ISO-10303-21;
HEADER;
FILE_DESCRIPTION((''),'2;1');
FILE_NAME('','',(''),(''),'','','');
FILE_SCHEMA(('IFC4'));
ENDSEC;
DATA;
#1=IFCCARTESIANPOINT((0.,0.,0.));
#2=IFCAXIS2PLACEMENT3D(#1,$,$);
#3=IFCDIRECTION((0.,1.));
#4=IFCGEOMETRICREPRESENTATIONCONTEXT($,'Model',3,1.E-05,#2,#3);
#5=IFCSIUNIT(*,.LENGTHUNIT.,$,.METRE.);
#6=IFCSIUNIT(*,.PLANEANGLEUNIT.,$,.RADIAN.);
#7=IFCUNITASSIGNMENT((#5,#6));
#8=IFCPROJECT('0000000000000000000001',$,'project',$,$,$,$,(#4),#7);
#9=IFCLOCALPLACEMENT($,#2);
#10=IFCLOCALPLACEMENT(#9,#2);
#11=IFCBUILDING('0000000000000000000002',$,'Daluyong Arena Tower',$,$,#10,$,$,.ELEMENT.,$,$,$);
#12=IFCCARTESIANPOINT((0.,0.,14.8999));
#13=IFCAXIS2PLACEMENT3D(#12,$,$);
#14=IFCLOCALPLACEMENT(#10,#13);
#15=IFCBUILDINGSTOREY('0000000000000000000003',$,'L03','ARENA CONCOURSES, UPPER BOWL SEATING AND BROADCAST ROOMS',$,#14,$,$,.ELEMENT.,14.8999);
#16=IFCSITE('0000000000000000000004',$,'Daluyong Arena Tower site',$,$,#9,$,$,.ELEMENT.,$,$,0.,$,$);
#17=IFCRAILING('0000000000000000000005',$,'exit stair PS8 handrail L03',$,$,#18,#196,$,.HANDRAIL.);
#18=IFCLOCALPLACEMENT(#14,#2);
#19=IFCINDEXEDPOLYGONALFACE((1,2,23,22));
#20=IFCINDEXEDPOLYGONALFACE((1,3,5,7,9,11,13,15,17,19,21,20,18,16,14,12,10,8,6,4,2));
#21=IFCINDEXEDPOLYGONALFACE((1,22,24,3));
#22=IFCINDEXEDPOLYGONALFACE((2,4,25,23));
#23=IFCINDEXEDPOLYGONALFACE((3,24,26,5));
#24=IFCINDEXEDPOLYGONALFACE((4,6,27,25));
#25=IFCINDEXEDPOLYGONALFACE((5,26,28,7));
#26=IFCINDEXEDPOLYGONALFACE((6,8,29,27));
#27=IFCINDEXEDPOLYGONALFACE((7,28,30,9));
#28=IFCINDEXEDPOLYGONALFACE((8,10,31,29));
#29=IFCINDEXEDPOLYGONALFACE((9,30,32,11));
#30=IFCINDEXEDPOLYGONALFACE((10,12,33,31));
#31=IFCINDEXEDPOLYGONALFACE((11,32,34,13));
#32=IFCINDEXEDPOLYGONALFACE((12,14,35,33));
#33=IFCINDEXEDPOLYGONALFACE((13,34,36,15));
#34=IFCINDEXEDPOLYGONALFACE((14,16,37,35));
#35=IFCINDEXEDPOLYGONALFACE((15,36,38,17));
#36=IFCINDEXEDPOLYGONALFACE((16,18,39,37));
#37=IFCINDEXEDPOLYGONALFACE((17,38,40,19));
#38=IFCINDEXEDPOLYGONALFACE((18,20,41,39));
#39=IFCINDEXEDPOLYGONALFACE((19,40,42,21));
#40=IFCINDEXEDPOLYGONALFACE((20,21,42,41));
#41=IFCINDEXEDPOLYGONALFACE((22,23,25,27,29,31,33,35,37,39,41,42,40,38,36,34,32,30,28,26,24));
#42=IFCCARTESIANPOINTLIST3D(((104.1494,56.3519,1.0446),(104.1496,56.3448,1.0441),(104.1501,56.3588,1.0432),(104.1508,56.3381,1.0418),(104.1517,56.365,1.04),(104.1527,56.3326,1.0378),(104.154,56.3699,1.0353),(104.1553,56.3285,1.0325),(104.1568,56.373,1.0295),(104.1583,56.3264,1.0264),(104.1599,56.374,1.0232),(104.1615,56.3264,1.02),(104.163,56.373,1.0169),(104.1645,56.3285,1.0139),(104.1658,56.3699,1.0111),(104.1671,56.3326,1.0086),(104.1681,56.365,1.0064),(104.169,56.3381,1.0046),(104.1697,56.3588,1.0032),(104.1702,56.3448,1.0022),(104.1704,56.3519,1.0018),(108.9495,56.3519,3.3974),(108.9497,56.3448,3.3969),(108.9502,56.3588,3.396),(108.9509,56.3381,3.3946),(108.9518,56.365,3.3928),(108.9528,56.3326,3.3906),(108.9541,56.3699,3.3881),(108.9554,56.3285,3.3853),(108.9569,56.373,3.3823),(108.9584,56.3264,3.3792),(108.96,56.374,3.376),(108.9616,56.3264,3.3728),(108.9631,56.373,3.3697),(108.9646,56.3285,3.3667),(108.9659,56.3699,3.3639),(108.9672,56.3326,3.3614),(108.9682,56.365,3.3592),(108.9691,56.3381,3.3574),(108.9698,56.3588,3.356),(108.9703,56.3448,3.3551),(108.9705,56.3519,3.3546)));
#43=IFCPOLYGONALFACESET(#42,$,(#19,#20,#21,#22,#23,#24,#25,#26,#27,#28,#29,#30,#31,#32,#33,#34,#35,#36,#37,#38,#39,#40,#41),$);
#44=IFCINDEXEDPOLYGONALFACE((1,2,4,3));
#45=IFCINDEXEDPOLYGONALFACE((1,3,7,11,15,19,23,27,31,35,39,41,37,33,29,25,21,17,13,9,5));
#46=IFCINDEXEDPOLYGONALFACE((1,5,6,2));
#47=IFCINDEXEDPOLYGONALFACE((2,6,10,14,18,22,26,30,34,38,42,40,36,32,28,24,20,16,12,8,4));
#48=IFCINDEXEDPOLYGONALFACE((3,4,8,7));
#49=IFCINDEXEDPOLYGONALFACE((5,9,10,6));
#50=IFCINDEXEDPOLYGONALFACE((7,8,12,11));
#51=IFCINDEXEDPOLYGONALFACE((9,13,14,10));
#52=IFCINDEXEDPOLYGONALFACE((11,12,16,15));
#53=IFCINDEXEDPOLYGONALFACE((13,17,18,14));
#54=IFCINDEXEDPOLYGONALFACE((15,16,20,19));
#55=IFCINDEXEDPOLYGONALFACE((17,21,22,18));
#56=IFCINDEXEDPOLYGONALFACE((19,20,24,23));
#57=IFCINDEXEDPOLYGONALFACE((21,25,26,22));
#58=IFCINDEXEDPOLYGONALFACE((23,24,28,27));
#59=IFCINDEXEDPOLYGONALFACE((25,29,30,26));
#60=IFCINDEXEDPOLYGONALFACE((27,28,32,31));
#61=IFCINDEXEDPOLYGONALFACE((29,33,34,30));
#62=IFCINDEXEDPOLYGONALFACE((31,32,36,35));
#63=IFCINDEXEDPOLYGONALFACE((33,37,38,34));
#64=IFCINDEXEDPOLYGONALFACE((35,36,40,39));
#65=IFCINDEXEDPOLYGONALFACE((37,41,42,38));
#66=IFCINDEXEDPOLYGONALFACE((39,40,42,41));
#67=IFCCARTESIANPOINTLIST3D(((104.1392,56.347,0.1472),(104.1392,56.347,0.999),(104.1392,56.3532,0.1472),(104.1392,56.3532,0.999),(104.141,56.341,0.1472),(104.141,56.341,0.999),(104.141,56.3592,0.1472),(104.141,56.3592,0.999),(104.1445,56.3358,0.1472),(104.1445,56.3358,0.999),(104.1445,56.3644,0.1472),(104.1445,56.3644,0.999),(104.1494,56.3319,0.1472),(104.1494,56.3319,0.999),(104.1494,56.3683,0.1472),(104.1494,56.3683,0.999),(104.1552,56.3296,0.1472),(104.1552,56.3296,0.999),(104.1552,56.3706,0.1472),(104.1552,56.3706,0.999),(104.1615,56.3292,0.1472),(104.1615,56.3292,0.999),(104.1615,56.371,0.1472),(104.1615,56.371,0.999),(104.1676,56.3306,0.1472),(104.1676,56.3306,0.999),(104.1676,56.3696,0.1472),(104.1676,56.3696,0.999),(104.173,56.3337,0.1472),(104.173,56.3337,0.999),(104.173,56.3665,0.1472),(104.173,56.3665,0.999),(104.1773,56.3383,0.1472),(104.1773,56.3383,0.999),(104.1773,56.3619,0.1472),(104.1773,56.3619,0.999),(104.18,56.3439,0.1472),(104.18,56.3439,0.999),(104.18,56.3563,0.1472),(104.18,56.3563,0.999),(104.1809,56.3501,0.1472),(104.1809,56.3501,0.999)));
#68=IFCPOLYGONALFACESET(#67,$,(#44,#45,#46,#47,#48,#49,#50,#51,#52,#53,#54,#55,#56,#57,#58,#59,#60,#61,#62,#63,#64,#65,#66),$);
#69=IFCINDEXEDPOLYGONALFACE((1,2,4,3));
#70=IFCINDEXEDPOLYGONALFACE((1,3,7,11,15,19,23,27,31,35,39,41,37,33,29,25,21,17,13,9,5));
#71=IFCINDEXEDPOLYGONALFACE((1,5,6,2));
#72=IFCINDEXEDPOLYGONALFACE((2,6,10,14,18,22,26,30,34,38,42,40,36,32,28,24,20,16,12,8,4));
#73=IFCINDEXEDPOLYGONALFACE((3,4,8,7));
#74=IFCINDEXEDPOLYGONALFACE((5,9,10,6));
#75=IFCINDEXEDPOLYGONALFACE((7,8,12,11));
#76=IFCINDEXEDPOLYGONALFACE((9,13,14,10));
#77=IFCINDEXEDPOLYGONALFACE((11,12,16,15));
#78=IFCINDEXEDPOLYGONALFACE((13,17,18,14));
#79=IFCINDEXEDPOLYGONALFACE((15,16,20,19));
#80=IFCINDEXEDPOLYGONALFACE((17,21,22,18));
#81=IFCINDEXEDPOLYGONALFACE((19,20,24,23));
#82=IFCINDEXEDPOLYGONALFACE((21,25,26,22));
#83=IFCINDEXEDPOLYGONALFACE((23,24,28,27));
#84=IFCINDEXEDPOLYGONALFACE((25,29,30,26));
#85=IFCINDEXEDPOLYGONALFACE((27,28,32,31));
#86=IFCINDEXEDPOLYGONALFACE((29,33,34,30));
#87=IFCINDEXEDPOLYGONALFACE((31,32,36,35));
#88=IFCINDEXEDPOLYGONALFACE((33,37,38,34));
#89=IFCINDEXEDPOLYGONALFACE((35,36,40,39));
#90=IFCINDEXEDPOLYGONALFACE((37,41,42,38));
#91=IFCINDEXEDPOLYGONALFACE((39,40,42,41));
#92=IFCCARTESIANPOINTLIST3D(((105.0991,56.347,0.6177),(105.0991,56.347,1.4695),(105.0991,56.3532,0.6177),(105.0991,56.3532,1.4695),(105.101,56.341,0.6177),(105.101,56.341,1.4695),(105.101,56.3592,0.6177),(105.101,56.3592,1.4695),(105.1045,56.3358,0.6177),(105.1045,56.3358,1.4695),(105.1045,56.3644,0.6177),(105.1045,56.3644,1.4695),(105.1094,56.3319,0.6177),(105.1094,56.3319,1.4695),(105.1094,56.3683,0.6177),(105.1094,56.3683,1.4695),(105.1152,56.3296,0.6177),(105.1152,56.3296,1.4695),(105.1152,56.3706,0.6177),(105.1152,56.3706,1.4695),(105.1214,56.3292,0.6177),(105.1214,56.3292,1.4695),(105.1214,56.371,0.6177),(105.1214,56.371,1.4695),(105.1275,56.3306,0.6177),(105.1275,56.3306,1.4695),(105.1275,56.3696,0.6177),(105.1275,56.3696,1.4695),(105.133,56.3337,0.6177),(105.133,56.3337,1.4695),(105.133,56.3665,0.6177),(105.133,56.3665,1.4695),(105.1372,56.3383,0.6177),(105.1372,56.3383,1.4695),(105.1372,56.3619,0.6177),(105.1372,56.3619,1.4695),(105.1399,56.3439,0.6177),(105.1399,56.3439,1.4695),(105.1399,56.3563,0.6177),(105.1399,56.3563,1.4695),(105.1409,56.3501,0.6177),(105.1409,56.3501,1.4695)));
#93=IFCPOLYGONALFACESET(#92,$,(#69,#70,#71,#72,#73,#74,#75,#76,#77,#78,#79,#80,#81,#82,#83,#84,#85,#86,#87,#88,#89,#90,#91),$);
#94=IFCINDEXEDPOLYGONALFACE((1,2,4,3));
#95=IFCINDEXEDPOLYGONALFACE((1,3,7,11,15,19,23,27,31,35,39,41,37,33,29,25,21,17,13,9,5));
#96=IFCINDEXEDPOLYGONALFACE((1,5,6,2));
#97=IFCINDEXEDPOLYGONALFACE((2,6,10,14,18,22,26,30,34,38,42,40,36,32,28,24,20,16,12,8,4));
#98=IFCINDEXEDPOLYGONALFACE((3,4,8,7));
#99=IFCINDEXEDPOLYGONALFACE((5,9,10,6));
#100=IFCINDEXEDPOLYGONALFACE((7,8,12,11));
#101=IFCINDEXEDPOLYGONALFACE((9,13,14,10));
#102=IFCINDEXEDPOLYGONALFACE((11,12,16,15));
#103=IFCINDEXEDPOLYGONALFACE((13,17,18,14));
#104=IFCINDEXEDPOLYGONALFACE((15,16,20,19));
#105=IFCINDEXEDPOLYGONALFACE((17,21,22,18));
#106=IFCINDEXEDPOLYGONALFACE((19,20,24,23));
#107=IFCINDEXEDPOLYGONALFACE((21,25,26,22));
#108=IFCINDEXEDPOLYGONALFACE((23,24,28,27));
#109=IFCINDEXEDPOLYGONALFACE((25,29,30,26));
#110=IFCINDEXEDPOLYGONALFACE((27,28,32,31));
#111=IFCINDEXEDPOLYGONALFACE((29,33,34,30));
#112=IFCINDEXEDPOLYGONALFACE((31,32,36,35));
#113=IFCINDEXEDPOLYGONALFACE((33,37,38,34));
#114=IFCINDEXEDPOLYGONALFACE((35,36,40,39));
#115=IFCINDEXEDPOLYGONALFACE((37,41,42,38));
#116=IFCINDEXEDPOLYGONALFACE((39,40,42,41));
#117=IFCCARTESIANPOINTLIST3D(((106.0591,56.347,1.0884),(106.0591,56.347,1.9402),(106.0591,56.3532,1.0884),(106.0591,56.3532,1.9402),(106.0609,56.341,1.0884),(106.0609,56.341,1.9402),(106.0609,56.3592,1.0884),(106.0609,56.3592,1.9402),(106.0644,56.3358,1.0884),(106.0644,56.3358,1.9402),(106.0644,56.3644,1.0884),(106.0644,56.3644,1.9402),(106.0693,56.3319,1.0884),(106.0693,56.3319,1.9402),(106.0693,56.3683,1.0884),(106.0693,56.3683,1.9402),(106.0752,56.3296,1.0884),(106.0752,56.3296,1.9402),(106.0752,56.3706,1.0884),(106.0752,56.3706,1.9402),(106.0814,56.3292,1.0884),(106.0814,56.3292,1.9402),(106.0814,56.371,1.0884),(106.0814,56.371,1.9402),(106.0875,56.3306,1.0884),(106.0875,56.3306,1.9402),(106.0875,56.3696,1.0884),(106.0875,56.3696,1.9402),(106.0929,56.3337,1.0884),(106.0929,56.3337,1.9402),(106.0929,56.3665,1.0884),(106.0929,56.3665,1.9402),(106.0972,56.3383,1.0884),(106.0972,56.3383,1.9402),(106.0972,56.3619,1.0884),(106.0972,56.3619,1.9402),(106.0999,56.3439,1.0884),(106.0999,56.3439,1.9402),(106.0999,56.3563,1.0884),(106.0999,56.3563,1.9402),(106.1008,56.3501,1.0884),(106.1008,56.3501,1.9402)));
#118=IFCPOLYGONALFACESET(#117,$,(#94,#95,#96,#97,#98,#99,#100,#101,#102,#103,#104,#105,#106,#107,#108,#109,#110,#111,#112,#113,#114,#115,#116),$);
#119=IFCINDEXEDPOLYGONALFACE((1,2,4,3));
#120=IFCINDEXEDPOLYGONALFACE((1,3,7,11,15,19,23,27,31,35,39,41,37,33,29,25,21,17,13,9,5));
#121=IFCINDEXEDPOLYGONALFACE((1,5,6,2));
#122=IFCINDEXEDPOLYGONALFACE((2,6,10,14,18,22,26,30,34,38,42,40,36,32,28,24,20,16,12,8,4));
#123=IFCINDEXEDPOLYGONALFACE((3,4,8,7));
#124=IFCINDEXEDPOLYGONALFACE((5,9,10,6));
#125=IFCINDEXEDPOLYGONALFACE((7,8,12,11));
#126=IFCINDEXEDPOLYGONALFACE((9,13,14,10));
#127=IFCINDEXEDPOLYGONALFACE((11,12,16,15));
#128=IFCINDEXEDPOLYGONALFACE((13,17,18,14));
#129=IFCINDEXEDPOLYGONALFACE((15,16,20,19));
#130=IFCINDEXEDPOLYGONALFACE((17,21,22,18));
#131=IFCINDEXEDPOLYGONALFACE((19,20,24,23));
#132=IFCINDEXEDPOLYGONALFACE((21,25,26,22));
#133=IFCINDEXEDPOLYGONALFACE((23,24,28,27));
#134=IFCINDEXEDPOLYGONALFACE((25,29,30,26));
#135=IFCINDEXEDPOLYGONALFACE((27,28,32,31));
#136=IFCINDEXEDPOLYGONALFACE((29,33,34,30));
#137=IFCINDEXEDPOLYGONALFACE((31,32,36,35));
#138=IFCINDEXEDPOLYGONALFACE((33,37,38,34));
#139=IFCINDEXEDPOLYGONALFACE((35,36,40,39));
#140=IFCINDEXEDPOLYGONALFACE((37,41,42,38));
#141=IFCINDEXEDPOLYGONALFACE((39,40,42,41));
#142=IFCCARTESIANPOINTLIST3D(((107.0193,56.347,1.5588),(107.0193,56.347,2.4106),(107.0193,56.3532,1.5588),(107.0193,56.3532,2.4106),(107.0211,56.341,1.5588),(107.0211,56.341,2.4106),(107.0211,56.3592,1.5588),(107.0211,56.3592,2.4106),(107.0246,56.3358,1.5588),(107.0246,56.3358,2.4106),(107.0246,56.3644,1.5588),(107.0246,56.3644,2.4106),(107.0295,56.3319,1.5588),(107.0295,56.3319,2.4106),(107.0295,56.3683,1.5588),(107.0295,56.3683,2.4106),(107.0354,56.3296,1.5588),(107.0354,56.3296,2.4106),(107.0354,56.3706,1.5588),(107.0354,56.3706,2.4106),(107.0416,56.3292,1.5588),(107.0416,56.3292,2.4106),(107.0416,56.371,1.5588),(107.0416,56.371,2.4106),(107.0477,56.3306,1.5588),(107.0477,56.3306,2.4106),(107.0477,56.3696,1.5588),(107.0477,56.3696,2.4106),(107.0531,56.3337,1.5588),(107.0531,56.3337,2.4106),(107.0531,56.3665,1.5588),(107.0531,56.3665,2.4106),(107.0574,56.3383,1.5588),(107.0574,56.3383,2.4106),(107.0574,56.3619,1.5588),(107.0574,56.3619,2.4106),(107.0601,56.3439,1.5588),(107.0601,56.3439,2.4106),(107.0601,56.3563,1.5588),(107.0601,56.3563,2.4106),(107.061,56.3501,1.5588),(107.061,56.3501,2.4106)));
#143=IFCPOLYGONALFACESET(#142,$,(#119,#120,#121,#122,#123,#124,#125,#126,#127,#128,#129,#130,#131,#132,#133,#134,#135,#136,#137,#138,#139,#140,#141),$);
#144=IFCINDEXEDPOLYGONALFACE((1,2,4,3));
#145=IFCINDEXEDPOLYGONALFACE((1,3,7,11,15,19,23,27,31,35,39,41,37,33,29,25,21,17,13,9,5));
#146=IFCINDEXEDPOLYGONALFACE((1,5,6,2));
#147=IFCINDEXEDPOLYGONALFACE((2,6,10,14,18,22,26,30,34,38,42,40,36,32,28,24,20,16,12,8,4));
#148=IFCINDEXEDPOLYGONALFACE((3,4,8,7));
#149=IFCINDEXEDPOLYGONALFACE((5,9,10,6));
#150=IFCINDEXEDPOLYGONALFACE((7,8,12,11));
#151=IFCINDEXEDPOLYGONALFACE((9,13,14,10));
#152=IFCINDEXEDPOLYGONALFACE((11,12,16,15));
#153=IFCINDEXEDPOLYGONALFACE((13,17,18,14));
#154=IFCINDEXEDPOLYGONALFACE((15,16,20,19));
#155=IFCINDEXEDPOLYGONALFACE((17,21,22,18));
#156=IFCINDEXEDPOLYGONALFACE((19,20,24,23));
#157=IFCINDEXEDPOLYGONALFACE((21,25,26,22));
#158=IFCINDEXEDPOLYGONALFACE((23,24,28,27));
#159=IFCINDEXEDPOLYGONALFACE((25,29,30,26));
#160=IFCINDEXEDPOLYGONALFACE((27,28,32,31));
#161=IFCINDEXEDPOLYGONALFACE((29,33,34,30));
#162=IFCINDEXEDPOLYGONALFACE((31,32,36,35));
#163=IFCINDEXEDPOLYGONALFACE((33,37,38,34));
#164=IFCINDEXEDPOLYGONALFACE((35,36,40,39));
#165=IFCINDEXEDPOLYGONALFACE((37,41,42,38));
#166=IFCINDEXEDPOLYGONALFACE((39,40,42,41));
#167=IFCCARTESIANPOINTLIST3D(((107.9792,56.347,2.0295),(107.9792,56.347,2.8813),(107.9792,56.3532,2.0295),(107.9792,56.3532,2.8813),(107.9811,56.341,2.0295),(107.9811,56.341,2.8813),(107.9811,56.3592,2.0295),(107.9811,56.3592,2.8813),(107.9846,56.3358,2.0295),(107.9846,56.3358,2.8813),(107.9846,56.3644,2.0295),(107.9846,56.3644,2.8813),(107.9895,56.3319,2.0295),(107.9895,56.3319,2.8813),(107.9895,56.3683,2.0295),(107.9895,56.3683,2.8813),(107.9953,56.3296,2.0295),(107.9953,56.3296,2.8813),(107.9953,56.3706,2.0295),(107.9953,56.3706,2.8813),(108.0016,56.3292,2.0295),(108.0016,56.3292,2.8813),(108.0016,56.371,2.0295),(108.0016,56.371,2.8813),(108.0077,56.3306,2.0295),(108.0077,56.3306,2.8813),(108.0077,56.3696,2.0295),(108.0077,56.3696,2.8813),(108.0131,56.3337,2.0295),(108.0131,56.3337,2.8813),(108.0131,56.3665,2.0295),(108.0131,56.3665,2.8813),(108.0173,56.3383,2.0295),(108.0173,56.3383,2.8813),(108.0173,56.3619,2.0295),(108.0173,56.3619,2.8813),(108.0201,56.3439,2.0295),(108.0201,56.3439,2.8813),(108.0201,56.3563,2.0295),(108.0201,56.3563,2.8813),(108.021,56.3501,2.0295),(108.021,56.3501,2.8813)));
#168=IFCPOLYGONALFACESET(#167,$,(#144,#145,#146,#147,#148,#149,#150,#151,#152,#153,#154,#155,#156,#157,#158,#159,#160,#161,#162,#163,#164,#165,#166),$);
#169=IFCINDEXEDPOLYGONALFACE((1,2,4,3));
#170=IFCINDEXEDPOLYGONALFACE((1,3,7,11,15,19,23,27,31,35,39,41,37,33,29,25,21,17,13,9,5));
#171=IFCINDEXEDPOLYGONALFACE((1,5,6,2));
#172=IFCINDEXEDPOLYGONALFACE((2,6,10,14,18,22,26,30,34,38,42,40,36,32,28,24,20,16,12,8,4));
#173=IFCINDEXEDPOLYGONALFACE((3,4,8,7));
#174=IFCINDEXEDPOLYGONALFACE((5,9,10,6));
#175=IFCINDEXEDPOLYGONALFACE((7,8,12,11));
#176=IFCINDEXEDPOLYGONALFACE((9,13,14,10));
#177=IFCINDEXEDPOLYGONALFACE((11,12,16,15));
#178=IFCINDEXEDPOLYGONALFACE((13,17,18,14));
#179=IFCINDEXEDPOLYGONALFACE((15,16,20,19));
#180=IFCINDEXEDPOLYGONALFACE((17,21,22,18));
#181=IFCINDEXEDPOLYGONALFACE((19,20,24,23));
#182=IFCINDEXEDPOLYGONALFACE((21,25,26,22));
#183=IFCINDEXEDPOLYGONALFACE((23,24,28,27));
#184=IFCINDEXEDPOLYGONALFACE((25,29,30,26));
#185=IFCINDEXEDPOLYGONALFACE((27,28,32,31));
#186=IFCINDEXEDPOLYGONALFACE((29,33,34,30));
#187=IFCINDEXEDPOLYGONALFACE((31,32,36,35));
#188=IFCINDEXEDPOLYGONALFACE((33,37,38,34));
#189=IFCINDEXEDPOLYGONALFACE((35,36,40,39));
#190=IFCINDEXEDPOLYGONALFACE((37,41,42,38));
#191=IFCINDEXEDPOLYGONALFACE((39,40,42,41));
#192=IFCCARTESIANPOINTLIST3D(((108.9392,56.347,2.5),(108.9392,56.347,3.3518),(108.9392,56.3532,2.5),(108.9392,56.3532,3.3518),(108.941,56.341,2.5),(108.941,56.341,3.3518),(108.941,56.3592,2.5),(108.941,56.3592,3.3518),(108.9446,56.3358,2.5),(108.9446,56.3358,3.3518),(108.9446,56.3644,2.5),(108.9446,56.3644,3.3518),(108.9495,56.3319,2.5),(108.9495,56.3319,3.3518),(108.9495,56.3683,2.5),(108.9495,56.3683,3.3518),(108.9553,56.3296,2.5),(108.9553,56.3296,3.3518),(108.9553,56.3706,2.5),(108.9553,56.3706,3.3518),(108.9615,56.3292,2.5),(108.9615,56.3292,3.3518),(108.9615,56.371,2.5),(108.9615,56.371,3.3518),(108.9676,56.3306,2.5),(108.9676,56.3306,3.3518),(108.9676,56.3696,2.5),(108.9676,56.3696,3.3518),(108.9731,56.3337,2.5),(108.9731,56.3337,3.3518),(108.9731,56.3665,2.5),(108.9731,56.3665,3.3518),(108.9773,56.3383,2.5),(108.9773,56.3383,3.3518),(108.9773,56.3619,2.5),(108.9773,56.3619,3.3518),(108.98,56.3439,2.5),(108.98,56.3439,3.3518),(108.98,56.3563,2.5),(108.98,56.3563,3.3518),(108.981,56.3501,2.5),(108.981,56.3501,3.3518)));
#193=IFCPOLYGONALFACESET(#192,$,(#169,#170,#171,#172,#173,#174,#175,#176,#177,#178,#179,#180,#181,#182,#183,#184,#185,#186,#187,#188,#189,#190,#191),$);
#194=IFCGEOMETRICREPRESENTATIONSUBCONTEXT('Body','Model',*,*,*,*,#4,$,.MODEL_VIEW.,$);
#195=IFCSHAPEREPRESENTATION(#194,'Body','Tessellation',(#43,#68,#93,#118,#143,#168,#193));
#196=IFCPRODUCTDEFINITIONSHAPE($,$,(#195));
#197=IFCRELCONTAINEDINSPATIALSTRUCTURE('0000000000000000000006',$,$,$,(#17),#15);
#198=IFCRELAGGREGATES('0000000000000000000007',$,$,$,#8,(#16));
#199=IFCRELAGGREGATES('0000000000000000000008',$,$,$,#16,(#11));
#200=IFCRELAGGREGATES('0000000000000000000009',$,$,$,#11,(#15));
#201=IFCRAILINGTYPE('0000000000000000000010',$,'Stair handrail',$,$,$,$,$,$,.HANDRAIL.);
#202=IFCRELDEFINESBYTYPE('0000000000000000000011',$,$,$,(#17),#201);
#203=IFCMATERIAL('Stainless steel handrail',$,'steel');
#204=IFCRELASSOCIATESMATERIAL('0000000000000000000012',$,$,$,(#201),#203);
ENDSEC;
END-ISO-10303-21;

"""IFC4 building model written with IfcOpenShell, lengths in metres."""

from ifc_helpers import new_model, si_unit, direction, frame, origin, origin_2d, place, context, subcontext, project, spatial, circle, extrude, material, type_object, element, save


model = new_model("IFC4")

# Units and contexts
model_context = context("Model", 3, precision=1e-05, world=origin(), true_north=direction((0.0, 1.0)))
body_context = subcontext(model_context, "Body", "Model", "MODEL_VIEW")
ifc_project = project(units=[si_unit("LENGTHUNIT", "METRE"), si_unit("PLANEANGLEUNIT", "RADIAN")], contexts=[model_context])

# Site, building, storey
site_placement = place(None, origin())
site = spatial("IfcSite", under=ifc_project, at=site_placement, Name="Daluyong Arena Tower site", CompositionType="ELEMENT", RefElevation=0.0)
building_placement = place(site_placement, origin())
building = spatial("IfcBuilding", under=site, at=building_placement, Name="Daluyong Arena Tower", CompositionType="ELEMENT")
storey_placement = place(building_placement, frame((0.0, 0.0, 14.8999)))
storey = spatial("IfcBuildingStorey", under=building, at=storey_placement, Name="L03", Description="ARENA CONCOURSES, UPPER BOWL SEATING AND BROADCAST ROOMS", CompositionType="ELEMENT", Elevation=14.8999)

# Railing
ifc_material_1 = material(Name="Stainless steel handrail", Category="steel")
railing_type_1 = type_object("IfcRailingType", Name="Stair handrail", PredefinedType="HANDRAIL", material=ifc_material_1)
railing_1_placement = place(storey_placement, frame((104.1599, 56.3501, 0.1472)))
element("IfcRailing", 1, at=railing_1_placement, inside=storey, type_object=railing_type_1, Name="exit stair PS8 handrail L03", PredefinedType="HANDRAIL", context=body_context, shape_type="SweptSolid", body=[
    extrude(circle(Radius=0.0239, at=origin_2d()), frame((0.0, 0.0, 0.876), z_axis=(0.897934, 0.0, 0.44013), x_axis=(0.0, 1.0, 0.0)), (0.0, 0.0, 1.0), 5.3457),
    extrude(circle(Radius=0.021, at=origin_2d()), origin(), (0.0, 0.0, 1.0), 0.8518),
    extrude(circle(Radius=0.021, at=origin_2d()), frame((0.96, 0.0, 0.4705)), (0.0, 0.0, 1.0), 0.8518),
    extrude(circle(Radius=0.021, at=origin_2d()), frame((1.9199, 0.0, 0.9412)), (0.0, 0.0, 1.0), 0.8518),
    extrude(circle(Radius=0.021, at=origin_2d()), frame((2.8801, 0.0, 1.4116)), (0.0, 0.0, 1.0), 0.8518),
    extrude(circle(Radius=0.021, at=origin_2d()), frame((3.8401, 0.0, 1.8823)), (0.0, 0.0, 1.0), 0.8518),
    extrude(circle(Radius=0.021, at=origin_2d()), frame((4.8, 0.0, 2.3528)), (0.0, 0.0, 1.0), 0.8518),
])

save(model, "model.ifc")
